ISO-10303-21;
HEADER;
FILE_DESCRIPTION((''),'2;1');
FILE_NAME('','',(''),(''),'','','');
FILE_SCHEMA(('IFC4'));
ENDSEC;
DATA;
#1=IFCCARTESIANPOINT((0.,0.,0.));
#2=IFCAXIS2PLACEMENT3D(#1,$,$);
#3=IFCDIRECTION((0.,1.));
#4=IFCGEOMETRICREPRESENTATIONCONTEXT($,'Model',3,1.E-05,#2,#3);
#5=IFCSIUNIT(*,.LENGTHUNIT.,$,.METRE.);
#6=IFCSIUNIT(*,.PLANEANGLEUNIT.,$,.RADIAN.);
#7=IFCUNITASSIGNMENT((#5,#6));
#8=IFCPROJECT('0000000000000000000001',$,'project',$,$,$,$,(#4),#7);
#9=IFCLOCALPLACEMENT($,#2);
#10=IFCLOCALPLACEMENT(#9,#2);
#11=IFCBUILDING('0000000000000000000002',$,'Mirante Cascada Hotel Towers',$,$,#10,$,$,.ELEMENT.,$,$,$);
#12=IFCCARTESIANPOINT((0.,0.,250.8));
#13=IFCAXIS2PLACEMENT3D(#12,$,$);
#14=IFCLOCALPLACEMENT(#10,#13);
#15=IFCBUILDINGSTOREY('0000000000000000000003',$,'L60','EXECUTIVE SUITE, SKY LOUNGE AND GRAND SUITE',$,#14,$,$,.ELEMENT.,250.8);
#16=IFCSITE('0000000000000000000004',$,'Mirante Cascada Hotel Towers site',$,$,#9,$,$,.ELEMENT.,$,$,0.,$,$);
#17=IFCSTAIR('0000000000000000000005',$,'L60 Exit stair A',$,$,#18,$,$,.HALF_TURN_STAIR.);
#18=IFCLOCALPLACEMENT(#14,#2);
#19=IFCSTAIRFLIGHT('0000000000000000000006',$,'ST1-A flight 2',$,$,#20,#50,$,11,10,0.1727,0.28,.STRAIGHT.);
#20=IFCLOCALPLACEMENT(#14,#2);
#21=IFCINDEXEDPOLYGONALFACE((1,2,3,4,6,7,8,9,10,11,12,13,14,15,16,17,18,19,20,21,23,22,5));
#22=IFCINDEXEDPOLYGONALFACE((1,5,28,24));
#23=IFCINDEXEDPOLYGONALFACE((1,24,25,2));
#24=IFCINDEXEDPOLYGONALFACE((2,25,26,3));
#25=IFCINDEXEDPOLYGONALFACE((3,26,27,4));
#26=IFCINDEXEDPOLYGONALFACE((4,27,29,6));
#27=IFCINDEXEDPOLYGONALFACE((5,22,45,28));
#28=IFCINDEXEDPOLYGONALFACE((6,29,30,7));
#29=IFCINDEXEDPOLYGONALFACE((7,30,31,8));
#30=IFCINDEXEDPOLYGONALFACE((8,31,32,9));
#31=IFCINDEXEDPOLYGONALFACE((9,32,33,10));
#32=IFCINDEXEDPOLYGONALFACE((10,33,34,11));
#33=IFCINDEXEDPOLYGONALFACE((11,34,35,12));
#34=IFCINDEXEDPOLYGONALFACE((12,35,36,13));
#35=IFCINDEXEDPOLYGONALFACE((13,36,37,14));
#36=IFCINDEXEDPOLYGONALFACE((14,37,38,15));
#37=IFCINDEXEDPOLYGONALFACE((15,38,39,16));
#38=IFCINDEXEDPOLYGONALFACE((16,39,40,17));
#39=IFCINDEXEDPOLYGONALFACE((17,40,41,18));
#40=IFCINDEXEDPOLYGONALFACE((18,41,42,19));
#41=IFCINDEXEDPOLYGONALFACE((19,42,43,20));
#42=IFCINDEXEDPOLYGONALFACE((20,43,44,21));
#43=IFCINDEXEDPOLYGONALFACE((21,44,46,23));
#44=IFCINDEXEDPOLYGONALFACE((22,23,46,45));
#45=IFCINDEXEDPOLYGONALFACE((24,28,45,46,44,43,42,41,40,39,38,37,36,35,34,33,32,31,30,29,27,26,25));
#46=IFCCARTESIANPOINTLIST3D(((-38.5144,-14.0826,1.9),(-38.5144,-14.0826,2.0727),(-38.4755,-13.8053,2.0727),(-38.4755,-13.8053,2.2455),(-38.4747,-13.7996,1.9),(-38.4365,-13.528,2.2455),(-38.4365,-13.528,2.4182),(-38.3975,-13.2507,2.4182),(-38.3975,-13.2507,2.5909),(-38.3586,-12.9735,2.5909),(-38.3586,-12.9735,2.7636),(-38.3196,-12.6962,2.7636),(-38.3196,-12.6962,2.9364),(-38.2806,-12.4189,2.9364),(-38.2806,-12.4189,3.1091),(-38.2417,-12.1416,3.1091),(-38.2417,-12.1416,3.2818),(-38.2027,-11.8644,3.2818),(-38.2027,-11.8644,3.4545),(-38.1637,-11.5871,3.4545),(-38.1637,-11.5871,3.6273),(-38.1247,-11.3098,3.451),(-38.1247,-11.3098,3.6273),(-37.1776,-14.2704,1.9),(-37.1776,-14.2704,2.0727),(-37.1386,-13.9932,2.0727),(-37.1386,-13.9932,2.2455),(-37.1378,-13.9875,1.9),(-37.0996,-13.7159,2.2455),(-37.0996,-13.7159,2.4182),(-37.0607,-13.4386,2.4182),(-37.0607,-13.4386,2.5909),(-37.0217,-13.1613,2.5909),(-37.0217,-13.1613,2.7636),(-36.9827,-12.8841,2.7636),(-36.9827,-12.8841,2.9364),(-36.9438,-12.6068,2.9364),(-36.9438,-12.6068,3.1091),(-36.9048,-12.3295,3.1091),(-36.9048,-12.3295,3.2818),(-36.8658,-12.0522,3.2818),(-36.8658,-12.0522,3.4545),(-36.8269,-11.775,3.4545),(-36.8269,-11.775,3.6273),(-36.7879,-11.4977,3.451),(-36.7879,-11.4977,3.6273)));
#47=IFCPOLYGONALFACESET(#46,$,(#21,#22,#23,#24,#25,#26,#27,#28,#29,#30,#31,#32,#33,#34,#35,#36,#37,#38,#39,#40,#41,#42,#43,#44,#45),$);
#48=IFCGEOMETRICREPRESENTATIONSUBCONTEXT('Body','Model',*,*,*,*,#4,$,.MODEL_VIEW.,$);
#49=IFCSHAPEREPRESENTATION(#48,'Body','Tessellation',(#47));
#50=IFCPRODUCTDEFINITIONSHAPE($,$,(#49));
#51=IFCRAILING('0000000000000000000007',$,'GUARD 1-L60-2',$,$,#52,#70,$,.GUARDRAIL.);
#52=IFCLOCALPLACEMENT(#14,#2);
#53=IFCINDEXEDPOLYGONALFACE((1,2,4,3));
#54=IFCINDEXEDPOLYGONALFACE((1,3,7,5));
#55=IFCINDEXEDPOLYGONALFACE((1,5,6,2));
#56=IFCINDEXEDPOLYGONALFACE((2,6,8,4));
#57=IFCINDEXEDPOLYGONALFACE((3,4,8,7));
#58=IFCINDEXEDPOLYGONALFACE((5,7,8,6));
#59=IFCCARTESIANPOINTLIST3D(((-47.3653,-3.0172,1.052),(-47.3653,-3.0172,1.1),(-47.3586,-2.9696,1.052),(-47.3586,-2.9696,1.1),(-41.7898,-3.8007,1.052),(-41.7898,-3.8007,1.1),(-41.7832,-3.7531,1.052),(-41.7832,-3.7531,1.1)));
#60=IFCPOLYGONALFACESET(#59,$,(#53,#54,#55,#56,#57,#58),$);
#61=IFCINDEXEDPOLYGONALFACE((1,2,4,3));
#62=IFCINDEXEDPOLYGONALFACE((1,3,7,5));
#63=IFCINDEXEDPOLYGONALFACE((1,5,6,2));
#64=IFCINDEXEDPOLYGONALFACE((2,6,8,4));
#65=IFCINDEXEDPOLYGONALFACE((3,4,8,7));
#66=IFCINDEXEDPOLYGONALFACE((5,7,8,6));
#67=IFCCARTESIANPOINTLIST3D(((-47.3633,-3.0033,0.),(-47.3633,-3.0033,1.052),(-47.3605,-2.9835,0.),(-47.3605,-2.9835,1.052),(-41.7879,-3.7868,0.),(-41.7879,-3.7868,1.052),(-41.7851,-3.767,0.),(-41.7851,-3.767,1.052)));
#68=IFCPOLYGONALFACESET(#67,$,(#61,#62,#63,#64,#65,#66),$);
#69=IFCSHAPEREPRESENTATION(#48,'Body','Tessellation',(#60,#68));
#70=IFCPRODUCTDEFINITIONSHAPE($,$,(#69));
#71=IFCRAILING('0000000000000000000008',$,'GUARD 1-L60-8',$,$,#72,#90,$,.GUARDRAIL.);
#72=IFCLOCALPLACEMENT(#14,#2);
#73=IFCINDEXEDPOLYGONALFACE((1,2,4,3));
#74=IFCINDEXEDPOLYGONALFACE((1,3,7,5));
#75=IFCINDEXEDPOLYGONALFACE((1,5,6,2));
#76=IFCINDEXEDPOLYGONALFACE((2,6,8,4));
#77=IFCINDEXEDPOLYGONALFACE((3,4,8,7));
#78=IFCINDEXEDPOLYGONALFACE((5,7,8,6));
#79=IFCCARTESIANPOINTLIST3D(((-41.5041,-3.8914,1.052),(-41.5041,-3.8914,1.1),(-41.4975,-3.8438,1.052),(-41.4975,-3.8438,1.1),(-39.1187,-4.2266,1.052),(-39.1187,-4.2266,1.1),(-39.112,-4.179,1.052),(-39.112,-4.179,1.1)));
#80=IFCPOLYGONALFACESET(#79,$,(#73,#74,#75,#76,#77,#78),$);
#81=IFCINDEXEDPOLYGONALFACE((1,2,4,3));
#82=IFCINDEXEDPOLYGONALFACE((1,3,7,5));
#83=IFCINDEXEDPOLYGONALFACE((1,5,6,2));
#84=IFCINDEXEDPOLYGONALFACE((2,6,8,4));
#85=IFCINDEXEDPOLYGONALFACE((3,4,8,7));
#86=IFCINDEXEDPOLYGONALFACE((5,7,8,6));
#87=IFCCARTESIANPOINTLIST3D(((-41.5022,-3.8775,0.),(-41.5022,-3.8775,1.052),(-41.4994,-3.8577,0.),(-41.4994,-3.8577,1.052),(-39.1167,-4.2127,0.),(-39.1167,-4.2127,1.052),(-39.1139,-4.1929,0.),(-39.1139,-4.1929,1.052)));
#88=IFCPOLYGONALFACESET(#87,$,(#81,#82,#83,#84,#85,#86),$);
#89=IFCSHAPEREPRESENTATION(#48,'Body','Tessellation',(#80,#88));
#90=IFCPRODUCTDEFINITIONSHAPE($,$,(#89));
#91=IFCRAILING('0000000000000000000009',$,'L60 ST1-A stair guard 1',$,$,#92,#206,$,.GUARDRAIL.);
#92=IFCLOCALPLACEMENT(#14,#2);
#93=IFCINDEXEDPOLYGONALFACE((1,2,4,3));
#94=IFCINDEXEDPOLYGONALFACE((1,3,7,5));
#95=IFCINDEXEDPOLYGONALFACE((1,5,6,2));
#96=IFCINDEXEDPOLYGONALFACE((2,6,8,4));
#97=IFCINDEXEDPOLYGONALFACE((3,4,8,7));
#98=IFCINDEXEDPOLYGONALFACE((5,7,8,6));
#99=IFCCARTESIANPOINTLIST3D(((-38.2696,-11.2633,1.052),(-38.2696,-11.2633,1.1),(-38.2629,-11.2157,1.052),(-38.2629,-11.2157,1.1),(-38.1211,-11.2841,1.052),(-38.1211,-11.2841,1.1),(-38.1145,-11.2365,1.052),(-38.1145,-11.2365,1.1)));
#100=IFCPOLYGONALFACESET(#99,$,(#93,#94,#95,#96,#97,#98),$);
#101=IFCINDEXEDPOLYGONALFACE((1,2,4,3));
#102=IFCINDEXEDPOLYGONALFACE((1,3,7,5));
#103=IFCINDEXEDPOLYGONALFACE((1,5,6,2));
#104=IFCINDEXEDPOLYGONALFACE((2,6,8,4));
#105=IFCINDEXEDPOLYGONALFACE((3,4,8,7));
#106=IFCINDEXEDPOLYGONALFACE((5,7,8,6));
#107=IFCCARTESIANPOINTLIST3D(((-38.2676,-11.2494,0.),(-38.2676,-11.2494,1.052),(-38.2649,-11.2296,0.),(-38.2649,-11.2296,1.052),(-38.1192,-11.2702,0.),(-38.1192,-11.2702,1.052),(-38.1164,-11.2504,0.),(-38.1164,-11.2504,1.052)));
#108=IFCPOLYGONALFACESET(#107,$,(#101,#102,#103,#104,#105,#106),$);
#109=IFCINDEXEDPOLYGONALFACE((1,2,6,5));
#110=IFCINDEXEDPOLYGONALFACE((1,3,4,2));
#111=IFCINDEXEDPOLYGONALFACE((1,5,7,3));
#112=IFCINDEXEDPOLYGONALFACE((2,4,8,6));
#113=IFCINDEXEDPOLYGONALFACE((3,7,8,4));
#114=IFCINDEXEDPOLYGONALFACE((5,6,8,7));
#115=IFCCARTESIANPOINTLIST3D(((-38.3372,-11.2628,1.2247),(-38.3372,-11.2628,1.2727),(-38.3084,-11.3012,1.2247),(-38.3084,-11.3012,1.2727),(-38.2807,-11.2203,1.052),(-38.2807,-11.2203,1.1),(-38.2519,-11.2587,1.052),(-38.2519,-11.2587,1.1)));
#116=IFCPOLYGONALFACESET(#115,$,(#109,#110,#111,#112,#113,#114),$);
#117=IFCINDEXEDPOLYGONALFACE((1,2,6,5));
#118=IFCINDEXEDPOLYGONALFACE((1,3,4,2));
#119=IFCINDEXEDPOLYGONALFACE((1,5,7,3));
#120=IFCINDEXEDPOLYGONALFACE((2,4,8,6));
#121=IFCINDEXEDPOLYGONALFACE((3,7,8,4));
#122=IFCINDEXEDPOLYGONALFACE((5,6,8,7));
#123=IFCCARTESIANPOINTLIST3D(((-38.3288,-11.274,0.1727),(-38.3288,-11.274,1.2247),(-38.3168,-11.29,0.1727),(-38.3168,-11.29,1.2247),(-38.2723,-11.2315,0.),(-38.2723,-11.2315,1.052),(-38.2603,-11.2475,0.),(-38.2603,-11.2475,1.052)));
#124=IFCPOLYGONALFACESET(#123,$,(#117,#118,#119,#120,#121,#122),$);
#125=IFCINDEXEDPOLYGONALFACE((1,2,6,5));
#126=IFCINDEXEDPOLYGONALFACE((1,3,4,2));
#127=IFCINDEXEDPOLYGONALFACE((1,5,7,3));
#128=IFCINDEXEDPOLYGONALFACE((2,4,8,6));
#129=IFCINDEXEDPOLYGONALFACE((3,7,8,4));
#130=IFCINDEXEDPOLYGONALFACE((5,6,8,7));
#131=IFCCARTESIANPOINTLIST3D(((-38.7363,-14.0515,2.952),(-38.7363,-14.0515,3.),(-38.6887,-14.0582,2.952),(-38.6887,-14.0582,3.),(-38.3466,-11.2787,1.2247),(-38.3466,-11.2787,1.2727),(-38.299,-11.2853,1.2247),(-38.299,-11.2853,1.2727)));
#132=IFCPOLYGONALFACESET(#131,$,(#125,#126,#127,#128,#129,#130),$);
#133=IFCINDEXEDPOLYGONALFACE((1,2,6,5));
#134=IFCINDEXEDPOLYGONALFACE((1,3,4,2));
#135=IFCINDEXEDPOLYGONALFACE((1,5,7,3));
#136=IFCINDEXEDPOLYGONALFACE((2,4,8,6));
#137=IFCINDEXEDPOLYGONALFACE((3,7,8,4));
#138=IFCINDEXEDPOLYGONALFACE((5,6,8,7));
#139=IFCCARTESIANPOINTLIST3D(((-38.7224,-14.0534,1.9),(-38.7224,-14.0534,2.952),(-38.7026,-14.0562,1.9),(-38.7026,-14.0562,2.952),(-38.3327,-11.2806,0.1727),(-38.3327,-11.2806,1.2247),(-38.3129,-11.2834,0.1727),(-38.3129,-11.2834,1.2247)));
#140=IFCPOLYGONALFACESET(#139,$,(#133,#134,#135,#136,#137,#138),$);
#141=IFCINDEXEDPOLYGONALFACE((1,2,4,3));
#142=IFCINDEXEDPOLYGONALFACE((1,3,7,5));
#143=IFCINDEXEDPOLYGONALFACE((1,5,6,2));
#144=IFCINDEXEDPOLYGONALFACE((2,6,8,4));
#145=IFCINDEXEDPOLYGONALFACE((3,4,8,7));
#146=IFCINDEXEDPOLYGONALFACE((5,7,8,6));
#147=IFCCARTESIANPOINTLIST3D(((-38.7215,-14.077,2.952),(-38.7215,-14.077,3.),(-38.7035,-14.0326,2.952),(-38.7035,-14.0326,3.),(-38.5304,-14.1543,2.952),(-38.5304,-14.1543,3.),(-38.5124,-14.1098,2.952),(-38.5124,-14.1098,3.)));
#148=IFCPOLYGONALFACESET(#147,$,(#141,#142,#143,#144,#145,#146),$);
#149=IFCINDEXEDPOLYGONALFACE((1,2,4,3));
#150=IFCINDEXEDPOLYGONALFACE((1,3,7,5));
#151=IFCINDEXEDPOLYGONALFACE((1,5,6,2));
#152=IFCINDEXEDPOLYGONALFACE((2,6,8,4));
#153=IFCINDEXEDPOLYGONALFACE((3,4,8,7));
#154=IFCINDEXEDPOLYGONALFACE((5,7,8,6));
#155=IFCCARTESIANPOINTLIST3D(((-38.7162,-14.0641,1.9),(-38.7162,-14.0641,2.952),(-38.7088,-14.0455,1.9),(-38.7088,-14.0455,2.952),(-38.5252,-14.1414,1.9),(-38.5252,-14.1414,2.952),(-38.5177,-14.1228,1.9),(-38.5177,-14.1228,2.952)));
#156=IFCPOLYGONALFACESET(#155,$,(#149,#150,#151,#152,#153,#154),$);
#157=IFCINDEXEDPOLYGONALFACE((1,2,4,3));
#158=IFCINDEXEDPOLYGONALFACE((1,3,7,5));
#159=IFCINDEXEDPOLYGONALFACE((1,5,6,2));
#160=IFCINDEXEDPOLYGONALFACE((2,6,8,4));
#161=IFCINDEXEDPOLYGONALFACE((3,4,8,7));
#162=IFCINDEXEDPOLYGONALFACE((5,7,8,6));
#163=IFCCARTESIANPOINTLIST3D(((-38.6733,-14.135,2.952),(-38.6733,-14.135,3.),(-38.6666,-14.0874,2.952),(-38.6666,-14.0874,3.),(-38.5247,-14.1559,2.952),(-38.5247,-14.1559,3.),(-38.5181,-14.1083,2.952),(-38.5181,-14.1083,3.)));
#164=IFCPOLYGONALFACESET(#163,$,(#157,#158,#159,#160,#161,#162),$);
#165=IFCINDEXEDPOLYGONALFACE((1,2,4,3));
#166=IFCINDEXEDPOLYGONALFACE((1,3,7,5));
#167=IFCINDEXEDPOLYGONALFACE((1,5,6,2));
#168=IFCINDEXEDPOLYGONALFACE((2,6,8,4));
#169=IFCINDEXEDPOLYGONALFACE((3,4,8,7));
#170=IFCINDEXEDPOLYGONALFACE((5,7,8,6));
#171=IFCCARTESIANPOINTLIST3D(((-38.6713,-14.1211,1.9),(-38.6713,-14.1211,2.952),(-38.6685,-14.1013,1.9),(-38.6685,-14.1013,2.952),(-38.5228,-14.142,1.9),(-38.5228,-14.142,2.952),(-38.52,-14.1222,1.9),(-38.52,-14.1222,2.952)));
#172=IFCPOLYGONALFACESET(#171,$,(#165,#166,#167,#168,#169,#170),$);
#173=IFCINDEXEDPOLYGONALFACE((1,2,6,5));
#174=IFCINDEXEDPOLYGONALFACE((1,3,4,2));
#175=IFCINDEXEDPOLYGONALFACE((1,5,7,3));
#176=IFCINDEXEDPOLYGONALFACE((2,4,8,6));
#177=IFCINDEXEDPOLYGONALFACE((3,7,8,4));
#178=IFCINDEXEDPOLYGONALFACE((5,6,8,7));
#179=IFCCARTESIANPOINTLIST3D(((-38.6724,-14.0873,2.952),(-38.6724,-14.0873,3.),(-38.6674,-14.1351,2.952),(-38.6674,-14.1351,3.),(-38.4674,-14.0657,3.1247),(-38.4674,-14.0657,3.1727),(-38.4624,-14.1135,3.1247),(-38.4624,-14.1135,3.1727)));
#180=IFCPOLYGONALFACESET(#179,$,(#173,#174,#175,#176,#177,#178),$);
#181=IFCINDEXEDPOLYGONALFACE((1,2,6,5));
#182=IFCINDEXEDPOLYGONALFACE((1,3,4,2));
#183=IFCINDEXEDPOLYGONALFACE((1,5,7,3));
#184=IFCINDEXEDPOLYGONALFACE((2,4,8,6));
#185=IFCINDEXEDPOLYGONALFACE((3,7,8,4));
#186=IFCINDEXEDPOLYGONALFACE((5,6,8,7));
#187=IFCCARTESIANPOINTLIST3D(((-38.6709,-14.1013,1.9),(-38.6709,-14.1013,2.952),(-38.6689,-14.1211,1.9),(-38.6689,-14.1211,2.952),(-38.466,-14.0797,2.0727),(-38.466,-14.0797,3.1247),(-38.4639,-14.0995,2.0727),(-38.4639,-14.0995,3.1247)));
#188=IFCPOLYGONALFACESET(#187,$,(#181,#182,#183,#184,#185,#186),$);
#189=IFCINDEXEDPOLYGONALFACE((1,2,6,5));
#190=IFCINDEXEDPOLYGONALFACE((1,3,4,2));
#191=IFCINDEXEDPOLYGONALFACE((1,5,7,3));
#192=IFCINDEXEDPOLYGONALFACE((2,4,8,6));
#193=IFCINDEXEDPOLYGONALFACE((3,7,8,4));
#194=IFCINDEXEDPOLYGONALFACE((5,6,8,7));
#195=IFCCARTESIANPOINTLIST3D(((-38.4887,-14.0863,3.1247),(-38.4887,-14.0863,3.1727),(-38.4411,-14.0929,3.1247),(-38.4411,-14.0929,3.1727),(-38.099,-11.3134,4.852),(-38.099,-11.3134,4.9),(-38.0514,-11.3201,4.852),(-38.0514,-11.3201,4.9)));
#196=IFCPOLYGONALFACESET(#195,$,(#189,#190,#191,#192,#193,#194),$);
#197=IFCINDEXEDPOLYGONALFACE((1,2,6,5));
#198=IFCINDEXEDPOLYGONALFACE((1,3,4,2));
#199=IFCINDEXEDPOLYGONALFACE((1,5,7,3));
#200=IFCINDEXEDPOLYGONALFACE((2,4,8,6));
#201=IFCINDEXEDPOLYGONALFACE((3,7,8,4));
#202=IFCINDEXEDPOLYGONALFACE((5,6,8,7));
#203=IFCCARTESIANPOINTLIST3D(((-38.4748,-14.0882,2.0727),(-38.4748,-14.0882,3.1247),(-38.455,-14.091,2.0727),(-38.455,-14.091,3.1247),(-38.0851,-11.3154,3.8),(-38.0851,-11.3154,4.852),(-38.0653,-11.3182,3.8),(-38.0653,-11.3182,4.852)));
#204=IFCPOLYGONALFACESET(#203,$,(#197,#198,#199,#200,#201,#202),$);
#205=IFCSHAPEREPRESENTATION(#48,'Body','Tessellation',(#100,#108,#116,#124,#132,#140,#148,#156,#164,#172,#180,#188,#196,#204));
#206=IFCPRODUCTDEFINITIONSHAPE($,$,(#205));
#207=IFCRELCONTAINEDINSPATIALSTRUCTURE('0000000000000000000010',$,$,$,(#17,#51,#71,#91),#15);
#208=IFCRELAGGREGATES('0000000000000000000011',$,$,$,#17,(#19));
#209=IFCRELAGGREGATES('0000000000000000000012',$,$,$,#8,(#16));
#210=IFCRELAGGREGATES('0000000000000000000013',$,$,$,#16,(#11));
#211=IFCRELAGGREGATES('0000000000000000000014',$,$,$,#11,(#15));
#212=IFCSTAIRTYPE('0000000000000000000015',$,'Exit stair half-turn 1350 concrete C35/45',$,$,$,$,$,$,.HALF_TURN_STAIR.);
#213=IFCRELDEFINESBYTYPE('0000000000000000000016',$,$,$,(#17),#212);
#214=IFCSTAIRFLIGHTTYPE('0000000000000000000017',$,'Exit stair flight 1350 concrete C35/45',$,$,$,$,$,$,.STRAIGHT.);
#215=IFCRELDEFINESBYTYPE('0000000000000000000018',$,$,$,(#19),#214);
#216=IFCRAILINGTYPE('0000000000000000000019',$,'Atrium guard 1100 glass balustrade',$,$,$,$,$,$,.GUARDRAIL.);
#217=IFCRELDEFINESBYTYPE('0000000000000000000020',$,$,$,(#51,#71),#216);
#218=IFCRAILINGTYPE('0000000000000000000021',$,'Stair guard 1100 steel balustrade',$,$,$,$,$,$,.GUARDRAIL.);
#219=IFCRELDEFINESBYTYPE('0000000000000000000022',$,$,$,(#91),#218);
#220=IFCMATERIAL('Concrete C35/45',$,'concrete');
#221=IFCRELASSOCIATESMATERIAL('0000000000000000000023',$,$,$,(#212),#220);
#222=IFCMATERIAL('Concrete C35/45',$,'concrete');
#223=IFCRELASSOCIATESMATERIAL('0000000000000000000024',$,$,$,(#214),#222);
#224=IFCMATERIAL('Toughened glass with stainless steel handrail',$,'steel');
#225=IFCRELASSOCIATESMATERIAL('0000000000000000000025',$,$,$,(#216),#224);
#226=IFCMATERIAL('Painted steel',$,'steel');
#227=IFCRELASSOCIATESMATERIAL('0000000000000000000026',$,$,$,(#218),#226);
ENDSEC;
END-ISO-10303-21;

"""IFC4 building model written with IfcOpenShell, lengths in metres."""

from ifc_helpers import new_model, si_unit, direction, frame, origin, origin_2d, place, context, subcontext, project, spatial, polyline, rectangle, outline, extrude, material, type_object, element, aggregate, save


model = new_model("IFC4")

# Units and contexts
model_context = context("Model", 3, precision=1e-05, world=origin(), true_north=direction((0.0, 1.0)))
body_context = subcontext(model_context, "Body", "Model", "MODEL_VIEW")
ifc_project = project(units=[si_unit("LENGTHUNIT", "METRE"), si_unit("PLANEANGLEUNIT", "RADIAN")], contexts=[model_context])

# Site, building, storey
site_placement = place(None, origin())
site = spatial("IfcSite", under=ifc_project, at=site_placement, Name="Mirante Cascada Hotel Towers site", CompositionType="ELEMENT", RefElevation=0.0)
building_placement = place(site_placement, origin())
building = spatial("IfcBuilding", under=site, at=building_placement, Name="Mirante Cascada Hotel Towers", CompositionType="ELEMENT")
storey_placement = place(building_placement, frame((0.0, 0.0, 250.8)))
storey = spatial("IfcBuildingStorey", under=building, at=storey_placement, Name="L60", Description="EXECUTIVE SUITE, SKY LOUNGE AND GRAND SUITE", CompositionType="ELEMENT", Elevation=250.8)

# Stair, stair flight
ifc_material_1 = material(Name="Concrete C35/45", Category="concrete")
stair_type = type_object("IfcStairType", Name="Exit stair half-turn 1350 concrete C35/45", PredefinedType="HALF_TURN_STAIR", material=ifc_material_1)
stair_placement = place(storey_placement, origin())
stair = element("IfcStair", 1, at=stair_placement, inside=storey, type_object=stair_type, Name="L60 Exit stair A", PredefinedType="HALF_TURN_STAIR")
ifc_material_2 = material(Name="Concrete C35/45", Category="concrete")
stair_flight_type = type_object("IfcStairFlightType", Name="Exit stair flight 1350 concrete C35/45", PredefinedType="STRAIGHT", material=ifc_material_2)
stair_flight_1_placement = place(storey_placement, frame((-37.846, -14.1765, 1.9), z_axis=(0.0, 0.0, 1.0), x_axis=(0.139173, 0.990268, 0.0)))
stair_flight_1 = element("IfcStairFlight", 2, at=stair_flight_1_placement, type_object=stair_flight_type, Name="ST1-A flight 2", NumberOfRisers=11, NumberOfTreads=10, PredefinedType="STRAIGHT", RiserHeight=0.1727, TreadLength=0.28, context=body_context, shape_type="SweptSolid", body=[
    extrude(outline(polyline([(0.0, 0.0), (0.0, 0.1727), (0.28, 0.1727), (0.28, 0.3455), (0.56, 0.3455), (0.56, 0.5182), (0.84, 0.5182), (0.84, 0.6909), (1.12, 0.6909), (1.12, 0.8636), (1.4, 0.8636), (1.4, 1.0364), (1.68, 1.0364), (1.68, 1.2091), (1.96, 1.2091), (1.96, 1.3818), (2.24, 1.3818), (2.24, 1.5545), (2.52, 1.5545), (2.52, 1.7273), (2.8, 1.7273), (2.8, 1.9), (2.8, 1.551), (0.2857, 0.0), (0.0, 0.0)])), frame((0.0, 0.675, 0.0), z_axis=(0.0, -1.0, 0.0), x_axis=(1.0, 0.0, 0.0)), (0.0, 0.0, 1.0), 1.35),
])
aggregate(stair, [stair_flight_1])

# Railings
ifc_material_3 = material(Name="Toughened glass with stainless steel handrail", Category="steel")
railing_type_1 = type_object("IfcRailingType", Name="Atrium guard 1100 glass balustrade", PredefinedType="GUARDRAIL", material=ifc_material_3)
railing_1_placement = place(storey_placement, frame((-41.7865, -3.7769, 0.0)))
element("IfcRailing", 3, at=railing_1_placement, inside=storey, type_object=railing_type_1, Name="GUARD 1-L60-2", PredefinedType="GUARDRAIL", context=body_context, shape_type="SweptSolid", body=[
    extrude(rectangle(XDim=0.048, YDim=0.048, at=origin_2d()), frame((0.0, 0.0, 1.076), z_axis=(-0.99027, 0.139161, 0.0), x_axis=(-0.139161, -0.99027, 0.0)), (0.0, 0.0, 1.0), 5.6302),
    extrude(rectangle(XDim=0.02, YDim=1.052, at=origin_2d()), frame((0.0, 0.0, 0.526), z_axis=(-0.99027, 0.139161, 0.0), x_axis=(-0.139161, -0.99027, 0.0)), (0.0, 0.0, 1.0), 5.6302),
])
railing_2_placement = place(storey_placement, frame((-41.5008, -3.8676, 0.0)))
element("IfcRailing", 4, at=railing_2_placement, inside=storey, type_object=railing_type_1, Name="GUARD 1-L60-8", PredefinedType="GUARDRAIL", context=body_context, shape_type="SweptSolid", body=[
    extrude(rectangle(XDim=0.048, YDim=0.048, at=origin_2d()), frame((0.0, 0.0, 1.076), z_axis=(0.990271, -0.139149, 0.0), x_axis=(0.139149, 0.990271, 0.0)), (0.0, 0.0, 1.0), 2.4089),
    extrude(rectangle(XDim=0.02, YDim=1.052, at=origin_2d()), frame((0.0, 0.0, 0.526), z_axis=(0.990271, -0.139149, 0.0), x_axis=(0.139149, 0.990271, 0.0)), (0.0, 0.0, 1.0), 2.4089),
])
ifc_material_4 = material(Name="Painted steel", Category="steel")
railing_type_2 = type_object("IfcRailingType", Name="Stair guard 1100 steel balustrade", PredefinedType="GUARDRAIL", material=ifc_material_4)
railing_3_placement = place(storey_placement, frame((-38.1178, -11.2603, 0.0)))
element("IfcRailing", 5, at=railing_3_placement, inside=storey, type_object=railing_type_2, Name="L60 ST1-A stair guard 1", PredefinedType="GUARDRAIL", context=body_context, shape_type="SweptSolid", body=[
    extrude(rectangle(XDim=0.048, YDim=0.048, at=origin_2d()), frame((0.0, 0.0, 1.076), z_axis=(-0.990333, 0.138713, 0.0), x_axis=(-0.138713, -0.990333, 0.0)), (0.0, 0.0, 1.0), 0.1499),
    extrude(rectangle(XDim=0.02, YDim=1.052, at=origin_2d()), frame((0.0, 0.0, 0.526), z_axis=(-0.990333, 0.138713, 0.0), x_axis=(-0.138713, -0.990333, 0.0)), (0.0, 0.0, 1.0), 0.1499),
    extrude(rectangle(XDim=0.048, YDim=0.048, at=origin_2d()), frame((-0.1485, 0.0208, 1.076), z_axis=(-0.79915, -0.601131, 0.0), x_axis=(0.601131, -0.79915, 0.0)), (0.0, 0.925453, 0.378863), 0.1866),
    extrude(rectangle(XDim=0.02, YDim=1.052, at=origin_2d()), frame((-0.1485, 0.0208, 0.526), z_axis=(-0.79915, -0.601131, 0.0), x_axis=(0.601131, -0.79915, 0.0)), (0.0, 0.925453, 0.378863), 0.1866),
    extrude(rectangle(XDim=0.048, YDim=0.048, at=origin_2d()), frame((-0.205, -0.0217, 1.2487), z_axis=(-0.139176, -0.990268, 0.0), x_axis=(0.990268, -0.139176, 0.0)), (0.0, 0.525021, 0.851089), 3.29),
    extrude(rectangle(XDim=0.02, YDim=1.052, at=origin_2d()), frame((-0.205, -0.0217, 0.6987), z_axis=(-0.139176, -0.990268, 0.0), x_axis=(0.990268, -0.139176, 0.0)), (0.0, 0.525021, 0.851089), 3.29),
    extrude(rectangle(XDim=0.048, YDim=0.048, at=origin_2d()), frame((-0.5947, -2.7945, 2.976), z_axis=(0.927031, -0.374984, 0.0), x_axis=(0.374984, 0.927031, 0.0)), (0.0, 0.0, 1.0), 0.2061),
    extrude(rectangle(XDim=0.02, YDim=1.052, at=origin_2d()), frame((-0.5947, -2.7945, 2.426), z_axis=(0.927031, -0.374984, 0.0), x_axis=(0.374984, 0.927031, 0.0)), (0.0, 0.0, 1.0), 0.2061),
    extrude(rectangle(XDim=0.048, YDim=0.048, at=origin_2d()), frame((-0.4036, -2.8718, 2.976), z_axis=(-0.990241, 0.139367, 0.0), x_axis=(-0.139367, -0.990241, 0.0)), (0.0, 0.0, 1.0), 0.15),
    extrude(rectangle(XDim=0.02, YDim=1.052, at=origin_2d()), frame((-0.4036, -2.8718, 2.426), z_axis=(-0.990241, 0.139367, 0.0), x_axis=(-0.139367, -0.990241, 0.0)), (0.0, 0.0, 1.0), 0.15),
    extrude(rectangle(XDim=0.048, YDim=0.048, at=origin_2d()), frame((-0.5521, -2.8509, 2.976), z_axis=(0.994495, 0.104786, 0.0), x_axis=(-0.104786, 0.994495, 0.0)), (0.0, 0.642203, 0.766534), 0.2689),
    extrude(rectangle(XDim=0.02, YDim=1.052, at=origin_2d()), frame((-0.5521, -2.8509, 2.426), z_axis=(0.994495, 0.104786, 0.0), x_axis=(-0.104786, 0.994495, 0.0)), (0.0, 0.642203, 0.766534), 0.2689),
    extrude(rectangle(XDim=0.048, YDim=0.048, at=origin_2d()), frame((-0.3471, -2.8293, 3.1487), z_axis=(0.139176, 0.990268, 0.0), x_axis=(-0.990268, 0.139176, 0.0)), (0.0, 0.525021, 0.851089), 3.29),
    extrude(rectangle(XDim=0.02, YDim=1.052, at=origin_2d()), frame((-0.3471, -2.8293, 2.5987), z_axis=(0.139176, 0.990268, 0.0), x_axis=(-0.990268, 0.139176, 0.0)), (0.0, 0.525021, 0.851089), 3.29),
])

save(model, "model.ifc")
